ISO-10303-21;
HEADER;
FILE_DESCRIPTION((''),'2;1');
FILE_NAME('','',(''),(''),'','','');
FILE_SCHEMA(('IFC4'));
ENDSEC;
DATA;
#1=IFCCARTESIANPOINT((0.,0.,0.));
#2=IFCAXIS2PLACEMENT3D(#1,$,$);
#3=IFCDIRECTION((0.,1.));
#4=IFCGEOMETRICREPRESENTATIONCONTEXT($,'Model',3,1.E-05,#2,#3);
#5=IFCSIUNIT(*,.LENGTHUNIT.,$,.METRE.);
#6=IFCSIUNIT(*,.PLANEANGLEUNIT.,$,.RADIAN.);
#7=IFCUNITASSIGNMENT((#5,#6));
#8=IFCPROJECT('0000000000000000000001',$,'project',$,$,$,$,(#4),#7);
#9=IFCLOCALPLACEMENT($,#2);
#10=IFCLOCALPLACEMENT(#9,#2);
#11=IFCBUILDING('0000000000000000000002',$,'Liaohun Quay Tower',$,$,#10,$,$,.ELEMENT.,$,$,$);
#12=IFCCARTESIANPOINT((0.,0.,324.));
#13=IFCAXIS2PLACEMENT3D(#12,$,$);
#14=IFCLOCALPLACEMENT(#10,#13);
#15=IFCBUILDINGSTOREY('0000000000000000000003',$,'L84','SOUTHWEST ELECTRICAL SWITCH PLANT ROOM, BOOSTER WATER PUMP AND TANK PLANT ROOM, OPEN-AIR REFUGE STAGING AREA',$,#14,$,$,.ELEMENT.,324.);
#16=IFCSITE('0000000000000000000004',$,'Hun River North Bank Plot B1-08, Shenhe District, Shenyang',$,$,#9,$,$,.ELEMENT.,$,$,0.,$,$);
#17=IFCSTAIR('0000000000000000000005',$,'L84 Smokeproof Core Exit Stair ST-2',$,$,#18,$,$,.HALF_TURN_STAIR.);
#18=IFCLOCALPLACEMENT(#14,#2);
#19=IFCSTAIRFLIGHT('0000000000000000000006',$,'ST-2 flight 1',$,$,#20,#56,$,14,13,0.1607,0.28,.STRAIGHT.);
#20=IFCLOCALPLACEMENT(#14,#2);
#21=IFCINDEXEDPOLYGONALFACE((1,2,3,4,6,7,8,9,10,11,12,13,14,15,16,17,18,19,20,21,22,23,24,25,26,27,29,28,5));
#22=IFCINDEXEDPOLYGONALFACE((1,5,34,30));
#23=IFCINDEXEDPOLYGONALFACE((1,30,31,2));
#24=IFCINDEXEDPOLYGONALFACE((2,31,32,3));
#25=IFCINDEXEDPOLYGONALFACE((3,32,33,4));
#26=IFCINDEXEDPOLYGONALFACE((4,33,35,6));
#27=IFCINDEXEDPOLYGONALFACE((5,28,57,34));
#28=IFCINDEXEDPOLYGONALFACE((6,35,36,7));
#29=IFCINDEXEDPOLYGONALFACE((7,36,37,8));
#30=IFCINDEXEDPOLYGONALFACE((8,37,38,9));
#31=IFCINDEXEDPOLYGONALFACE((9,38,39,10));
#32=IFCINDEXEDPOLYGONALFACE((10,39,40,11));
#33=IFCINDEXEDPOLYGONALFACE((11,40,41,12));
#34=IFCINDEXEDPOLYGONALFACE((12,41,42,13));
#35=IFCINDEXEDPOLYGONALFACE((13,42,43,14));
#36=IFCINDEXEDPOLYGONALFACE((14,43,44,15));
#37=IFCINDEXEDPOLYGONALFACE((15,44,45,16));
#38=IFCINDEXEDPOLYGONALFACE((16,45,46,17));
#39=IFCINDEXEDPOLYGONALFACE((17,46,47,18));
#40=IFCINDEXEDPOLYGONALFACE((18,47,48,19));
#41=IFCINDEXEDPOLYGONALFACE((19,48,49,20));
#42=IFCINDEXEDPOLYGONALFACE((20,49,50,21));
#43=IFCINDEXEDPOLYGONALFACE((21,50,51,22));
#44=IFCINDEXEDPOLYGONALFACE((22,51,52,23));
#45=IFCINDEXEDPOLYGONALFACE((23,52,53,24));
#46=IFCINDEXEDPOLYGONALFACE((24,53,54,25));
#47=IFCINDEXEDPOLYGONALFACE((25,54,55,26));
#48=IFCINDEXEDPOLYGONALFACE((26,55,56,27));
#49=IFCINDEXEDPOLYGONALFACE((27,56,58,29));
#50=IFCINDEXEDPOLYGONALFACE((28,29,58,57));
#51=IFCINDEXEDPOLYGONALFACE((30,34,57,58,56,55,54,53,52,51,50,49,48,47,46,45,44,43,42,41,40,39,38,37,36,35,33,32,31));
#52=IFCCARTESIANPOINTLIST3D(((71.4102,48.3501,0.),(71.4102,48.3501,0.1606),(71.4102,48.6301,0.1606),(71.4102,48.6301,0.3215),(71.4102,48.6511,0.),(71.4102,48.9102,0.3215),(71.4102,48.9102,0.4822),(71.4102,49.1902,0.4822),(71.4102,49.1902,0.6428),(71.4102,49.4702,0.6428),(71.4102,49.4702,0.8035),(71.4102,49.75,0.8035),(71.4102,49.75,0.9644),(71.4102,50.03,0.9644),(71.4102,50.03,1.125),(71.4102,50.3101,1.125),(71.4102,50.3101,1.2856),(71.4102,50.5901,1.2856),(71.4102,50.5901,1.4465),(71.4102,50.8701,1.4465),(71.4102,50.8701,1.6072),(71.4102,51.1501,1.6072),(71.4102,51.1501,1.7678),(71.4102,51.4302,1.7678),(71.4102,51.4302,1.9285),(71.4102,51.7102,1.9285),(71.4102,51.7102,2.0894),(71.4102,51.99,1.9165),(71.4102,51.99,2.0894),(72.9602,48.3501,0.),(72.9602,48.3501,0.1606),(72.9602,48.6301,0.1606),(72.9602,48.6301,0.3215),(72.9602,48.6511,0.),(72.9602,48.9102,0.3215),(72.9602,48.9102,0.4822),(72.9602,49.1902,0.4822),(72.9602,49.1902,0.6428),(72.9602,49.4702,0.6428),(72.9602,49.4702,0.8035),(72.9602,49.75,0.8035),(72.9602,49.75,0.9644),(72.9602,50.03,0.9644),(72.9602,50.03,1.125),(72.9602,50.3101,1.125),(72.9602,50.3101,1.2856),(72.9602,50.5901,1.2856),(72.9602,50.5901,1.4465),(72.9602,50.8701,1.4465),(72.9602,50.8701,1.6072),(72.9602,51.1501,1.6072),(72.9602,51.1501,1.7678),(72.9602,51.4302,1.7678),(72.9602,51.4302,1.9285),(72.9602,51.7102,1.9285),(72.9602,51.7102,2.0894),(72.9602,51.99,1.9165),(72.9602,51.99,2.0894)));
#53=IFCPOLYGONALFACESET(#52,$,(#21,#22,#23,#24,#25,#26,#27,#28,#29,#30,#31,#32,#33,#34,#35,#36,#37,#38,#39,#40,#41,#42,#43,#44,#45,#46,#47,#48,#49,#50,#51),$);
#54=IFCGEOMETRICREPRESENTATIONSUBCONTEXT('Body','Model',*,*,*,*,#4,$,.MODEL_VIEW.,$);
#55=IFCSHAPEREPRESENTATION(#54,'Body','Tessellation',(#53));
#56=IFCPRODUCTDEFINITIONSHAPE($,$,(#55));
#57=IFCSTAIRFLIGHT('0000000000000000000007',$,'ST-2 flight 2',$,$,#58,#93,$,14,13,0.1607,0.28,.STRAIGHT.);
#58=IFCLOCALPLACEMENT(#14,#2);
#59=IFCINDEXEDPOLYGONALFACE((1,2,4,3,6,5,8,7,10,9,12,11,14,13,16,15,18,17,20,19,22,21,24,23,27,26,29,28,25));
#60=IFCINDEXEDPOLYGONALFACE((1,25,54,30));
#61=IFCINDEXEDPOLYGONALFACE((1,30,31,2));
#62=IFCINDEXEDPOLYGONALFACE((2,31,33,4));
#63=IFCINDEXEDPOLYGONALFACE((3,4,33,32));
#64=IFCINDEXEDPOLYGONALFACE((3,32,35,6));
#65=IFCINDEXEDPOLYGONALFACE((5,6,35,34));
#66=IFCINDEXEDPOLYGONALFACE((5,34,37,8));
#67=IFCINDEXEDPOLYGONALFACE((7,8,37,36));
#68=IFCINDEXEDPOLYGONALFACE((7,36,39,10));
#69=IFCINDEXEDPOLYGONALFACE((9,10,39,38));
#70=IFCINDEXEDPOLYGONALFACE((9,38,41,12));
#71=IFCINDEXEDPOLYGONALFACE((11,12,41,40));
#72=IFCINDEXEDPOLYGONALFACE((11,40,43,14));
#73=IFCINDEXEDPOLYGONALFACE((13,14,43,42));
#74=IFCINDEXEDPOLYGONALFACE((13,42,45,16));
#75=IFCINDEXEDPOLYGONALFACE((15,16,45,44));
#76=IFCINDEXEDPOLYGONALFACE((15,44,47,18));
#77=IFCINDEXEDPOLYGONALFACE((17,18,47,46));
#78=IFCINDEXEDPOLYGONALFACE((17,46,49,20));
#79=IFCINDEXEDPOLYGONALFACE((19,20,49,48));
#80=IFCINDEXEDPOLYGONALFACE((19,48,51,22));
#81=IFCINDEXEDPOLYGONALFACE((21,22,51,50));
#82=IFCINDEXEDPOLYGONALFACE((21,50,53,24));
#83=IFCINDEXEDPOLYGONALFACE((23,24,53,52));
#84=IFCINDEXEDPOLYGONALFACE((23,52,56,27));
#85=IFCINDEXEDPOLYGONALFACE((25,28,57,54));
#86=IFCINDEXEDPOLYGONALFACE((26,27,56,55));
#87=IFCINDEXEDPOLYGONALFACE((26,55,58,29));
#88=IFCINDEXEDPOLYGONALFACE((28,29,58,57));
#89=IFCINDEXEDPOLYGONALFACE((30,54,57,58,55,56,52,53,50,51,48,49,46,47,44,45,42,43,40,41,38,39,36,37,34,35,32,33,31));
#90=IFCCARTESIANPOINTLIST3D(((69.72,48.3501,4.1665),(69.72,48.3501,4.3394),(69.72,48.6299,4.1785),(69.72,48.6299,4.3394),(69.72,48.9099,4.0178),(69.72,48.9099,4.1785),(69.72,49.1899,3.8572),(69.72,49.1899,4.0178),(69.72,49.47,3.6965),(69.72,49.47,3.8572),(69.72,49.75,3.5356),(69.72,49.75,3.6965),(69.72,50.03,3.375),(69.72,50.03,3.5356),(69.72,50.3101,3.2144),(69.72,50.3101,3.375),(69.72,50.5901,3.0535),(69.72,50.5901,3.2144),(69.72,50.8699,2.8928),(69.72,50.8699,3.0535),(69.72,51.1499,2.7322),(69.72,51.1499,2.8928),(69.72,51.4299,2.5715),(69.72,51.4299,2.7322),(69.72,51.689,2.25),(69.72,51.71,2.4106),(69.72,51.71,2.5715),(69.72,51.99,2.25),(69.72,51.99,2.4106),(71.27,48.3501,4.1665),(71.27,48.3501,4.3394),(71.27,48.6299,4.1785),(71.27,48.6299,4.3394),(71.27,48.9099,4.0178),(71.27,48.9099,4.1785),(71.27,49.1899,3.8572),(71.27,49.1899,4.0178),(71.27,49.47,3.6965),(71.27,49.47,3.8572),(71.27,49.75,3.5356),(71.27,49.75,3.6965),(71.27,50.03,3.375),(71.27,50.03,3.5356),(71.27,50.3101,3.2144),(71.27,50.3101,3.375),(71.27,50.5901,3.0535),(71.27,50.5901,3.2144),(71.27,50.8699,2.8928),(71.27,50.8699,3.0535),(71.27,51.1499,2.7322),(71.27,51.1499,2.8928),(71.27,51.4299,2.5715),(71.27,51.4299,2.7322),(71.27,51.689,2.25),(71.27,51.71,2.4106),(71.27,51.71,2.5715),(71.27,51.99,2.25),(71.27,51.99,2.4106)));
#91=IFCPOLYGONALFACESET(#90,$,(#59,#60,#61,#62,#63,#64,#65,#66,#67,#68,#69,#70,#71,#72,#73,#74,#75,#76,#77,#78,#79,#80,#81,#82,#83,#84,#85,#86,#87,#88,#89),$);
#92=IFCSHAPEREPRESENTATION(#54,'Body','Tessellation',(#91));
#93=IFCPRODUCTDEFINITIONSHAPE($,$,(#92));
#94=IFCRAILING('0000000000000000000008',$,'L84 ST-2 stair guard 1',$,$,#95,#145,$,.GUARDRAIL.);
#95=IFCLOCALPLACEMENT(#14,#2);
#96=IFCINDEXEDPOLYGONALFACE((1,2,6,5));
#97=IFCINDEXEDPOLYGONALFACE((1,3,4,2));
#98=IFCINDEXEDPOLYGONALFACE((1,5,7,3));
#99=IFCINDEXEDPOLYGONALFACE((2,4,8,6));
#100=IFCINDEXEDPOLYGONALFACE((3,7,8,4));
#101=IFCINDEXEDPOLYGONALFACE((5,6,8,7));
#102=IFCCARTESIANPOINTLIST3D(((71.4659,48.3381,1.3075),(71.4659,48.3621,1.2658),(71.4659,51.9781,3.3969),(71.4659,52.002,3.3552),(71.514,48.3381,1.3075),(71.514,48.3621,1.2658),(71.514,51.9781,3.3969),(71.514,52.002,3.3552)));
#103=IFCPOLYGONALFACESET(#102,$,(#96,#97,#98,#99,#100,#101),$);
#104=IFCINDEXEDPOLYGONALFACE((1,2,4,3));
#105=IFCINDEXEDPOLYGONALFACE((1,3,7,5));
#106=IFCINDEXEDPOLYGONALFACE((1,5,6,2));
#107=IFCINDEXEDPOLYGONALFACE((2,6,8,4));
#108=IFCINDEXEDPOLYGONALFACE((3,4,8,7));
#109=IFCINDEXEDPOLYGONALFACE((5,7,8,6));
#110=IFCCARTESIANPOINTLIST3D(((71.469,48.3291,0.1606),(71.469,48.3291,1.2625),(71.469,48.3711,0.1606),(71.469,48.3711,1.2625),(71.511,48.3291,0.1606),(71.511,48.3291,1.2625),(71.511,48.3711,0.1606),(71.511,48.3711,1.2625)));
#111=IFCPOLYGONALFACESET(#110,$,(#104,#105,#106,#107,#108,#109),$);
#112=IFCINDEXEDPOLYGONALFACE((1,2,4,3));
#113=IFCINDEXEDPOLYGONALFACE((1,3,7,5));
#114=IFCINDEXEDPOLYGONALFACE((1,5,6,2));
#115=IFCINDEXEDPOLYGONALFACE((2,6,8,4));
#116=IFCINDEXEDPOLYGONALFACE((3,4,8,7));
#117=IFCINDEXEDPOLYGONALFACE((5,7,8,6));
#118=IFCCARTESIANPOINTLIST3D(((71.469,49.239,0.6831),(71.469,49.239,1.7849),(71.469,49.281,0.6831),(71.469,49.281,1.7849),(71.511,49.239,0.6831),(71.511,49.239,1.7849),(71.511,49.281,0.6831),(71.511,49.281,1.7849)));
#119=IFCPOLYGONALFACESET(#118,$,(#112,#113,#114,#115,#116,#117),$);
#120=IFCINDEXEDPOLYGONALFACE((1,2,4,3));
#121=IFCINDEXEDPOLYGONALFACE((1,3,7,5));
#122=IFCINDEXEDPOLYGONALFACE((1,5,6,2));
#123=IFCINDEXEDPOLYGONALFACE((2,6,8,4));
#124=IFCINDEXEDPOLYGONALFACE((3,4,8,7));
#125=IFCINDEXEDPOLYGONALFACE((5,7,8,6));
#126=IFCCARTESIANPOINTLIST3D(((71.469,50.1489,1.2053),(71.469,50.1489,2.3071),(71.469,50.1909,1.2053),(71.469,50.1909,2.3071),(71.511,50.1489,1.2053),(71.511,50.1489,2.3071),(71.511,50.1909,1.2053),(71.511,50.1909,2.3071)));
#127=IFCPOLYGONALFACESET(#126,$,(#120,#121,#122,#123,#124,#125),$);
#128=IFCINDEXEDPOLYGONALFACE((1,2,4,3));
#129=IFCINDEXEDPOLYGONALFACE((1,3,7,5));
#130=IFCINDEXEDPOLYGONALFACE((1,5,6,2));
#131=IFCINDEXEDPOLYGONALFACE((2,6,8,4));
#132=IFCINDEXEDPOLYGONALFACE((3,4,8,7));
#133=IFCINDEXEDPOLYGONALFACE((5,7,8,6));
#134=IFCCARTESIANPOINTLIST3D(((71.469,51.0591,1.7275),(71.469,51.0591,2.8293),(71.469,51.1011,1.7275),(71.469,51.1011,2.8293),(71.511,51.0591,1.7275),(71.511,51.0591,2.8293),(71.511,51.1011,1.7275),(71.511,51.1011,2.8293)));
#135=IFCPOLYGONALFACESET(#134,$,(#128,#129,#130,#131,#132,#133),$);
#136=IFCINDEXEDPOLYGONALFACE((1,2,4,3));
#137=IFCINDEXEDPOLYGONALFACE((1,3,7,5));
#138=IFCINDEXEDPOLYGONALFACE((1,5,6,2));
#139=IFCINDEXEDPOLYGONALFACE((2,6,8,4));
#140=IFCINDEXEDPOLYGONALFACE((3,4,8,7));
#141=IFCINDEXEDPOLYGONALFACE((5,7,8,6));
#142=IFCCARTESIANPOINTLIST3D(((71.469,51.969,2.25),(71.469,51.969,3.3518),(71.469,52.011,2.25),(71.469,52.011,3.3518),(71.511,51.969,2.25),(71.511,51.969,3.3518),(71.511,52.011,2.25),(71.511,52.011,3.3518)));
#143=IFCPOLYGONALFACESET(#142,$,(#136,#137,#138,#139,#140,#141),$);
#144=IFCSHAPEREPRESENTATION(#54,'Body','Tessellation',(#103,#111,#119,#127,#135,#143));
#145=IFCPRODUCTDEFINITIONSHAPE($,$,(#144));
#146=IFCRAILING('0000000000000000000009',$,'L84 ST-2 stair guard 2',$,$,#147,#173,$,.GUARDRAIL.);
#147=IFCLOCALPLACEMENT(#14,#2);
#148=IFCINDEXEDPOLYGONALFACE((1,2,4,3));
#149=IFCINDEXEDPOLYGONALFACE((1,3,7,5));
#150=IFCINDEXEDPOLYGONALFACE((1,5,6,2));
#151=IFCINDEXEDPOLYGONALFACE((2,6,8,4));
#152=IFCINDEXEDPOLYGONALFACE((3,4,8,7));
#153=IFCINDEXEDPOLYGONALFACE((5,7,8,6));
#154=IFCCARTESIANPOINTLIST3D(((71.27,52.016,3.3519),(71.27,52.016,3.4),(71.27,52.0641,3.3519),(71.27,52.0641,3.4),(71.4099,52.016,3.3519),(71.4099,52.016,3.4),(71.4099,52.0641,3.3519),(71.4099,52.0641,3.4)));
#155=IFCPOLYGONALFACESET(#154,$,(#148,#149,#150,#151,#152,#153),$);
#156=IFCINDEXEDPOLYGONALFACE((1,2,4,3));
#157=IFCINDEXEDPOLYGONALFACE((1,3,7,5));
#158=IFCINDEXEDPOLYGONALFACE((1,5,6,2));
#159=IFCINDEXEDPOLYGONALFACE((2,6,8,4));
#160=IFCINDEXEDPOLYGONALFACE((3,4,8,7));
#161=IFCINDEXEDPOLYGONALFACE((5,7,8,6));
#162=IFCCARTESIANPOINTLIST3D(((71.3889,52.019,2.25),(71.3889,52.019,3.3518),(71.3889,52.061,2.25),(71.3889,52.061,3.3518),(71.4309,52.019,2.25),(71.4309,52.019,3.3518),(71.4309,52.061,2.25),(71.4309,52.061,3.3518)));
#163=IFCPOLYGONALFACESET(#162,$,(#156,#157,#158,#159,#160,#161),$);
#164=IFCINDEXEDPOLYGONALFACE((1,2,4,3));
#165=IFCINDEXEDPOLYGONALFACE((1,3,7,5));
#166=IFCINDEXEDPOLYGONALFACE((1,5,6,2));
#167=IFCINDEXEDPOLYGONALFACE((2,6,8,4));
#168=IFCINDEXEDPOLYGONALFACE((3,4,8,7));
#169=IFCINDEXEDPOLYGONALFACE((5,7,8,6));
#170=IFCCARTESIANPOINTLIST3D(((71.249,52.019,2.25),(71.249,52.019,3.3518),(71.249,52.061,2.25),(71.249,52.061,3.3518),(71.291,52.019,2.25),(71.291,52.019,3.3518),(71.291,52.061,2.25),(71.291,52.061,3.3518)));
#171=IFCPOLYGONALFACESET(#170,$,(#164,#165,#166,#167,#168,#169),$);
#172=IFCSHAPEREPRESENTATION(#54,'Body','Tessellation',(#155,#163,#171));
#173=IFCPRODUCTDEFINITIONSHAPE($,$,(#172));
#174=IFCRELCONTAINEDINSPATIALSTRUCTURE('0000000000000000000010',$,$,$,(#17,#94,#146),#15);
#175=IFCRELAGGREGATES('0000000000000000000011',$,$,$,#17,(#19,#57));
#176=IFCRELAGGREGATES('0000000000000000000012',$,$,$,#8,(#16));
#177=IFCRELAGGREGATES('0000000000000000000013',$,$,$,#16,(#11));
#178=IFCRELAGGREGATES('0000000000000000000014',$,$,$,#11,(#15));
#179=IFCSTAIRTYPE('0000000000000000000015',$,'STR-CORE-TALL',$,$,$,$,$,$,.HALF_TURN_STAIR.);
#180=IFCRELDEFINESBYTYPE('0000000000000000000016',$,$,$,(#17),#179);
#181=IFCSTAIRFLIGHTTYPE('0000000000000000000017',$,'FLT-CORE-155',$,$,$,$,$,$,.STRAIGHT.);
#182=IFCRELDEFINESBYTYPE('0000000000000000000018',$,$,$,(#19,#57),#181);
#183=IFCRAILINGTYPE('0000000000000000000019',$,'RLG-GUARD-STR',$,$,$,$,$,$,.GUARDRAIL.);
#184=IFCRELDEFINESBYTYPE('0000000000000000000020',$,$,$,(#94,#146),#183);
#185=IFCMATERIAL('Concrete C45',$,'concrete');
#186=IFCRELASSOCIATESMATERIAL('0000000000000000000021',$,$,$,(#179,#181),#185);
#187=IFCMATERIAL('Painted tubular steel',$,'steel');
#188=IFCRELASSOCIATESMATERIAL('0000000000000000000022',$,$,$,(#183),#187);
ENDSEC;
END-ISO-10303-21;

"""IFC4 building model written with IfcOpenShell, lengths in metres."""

from ifc_helpers import new_model, si_unit, direction, frame, origin, origin_2d, place, context, subcontext, project, spatial, polyline, rectangle, outline, extrude, material, type_object, element, aggregate, save


model = new_model("IFC4")

# Units and contexts
model_context = context("Model", 3, precision=1e-05, world=origin(), true_north=direction((0.0, 1.0)))
body_context = subcontext(model_context, "Body", "Model", "MODEL_VIEW")
ifc_project = project(units=[si_unit("LENGTHUNIT", "METRE"), si_unit("PLANEANGLEUNIT", "RADIAN")], contexts=[model_context])

# Site, building, storey
site_placement = place(None, origin())
site = spatial("IfcSite", under=ifc_project, at=site_placement, Name="Hun River North Bank Plot B1-08, Shenhe District, Shenyang", CompositionType="ELEMENT", RefElevation=0.0)
building_placement = place(site_placement, origin())
building = spatial("IfcBuilding", under=site, at=building_placement, Name="Liaohun Quay Tower", CompositionType="ELEMENT")
storey_placement = place(building_placement, frame((0.0, 0.0, 324.0)))
storey = spatial("IfcBuildingStorey", under=building, at=storey_placement, Name="L84", Description="SOUTHWEST ELECTRICAL SWITCH PLANT ROOM, BOOSTER WATER PUMP AND TANK PLANT ROOM, OPEN-AIR REFUGE STAGING AREA", CompositionType="ELEMENT", Elevation=324.0)

# Stair, stair flights
ifc_material_1 = material(Name="Concrete C45", Category="concrete")
stair_type = type_object("IfcStairType", Name="STR-CORE-TALL", PredefinedType="HALF_TURN_STAIR", material=ifc_material_1)
stair_placement = place(storey_placement, origin())
stair = element("IfcStair", 1, at=stair_placement, inside=storey, type_object=stair_type, Name="L84 Smokeproof Core Exit Stair ST-2", PredefinedType="HALF_TURN_STAIR")
stair_flight_type = type_object("IfcStairFlightType", Name="FLT-CORE-155", PredefinedType="STRAIGHT", material=ifc_material_1)
stair_flight_1_placement = place(storey_placement, frame((72.1851, 48.3501, 0.0), z_axis=(0.0, 0.0, 1.0), x_axis=(0.0, 1.0, 0.0)))
stair_flight_1 = element("IfcStairFlight", 2, at=stair_flight_1_placement, type_object=stair_flight_type, Name="ST-2 flight 1", NumberOfRisers=14, NumberOfTreads=13, PredefinedType="STRAIGHT", RiserHeight=0.1607, TreadLength=0.28, context=body_context, shape_type="SweptSolid", body=[
    extrude(outline(polyline([(0.0, 0.0), (0.0, 0.1606), (0.28, 0.1606), (0.28, 0.3215), (0.5601, 0.3215), (0.5601, 0.4822), (0.8401, 0.4822), (0.8401, 0.6428), (1.1201, 0.6428), (1.1201, 0.8035), (1.3999, 0.8035), (1.3999, 0.9644), (1.6799, 0.9644), (1.6799, 1.125), (1.96, 1.125), (1.96, 1.2856), (2.24, 1.2856), (2.24, 1.4465), (2.52, 1.4465), (2.52, 1.6072), (2.8, 1.6072), (2.8, 1.7678), (3.0801, 1.7678), (3.0801, 1.9285), (3.3601, 1.9285), (3.3601, 2.0894), (3.6399, 2.0894), (3.6399, 2.25), (3.6399, 1.9165), (0.301, 0.0), (0.0, 0.0)])), frame((0.0, 0.7749, 0.0), z_axis=(0.0, -1.0, 0.0), x_axis=(1.0, 0.0, 0.0)), (0.0, 0.0, 1.0), 1.55),
])
stair_flight_2_placement = place(storey_placement, frame((70.4951, 51.99, 2.25), z_axis=(0.0, 0.0, 1.0), x_axis=(0.0, -1.0, 0.0)))
stair_flight_2 = element("IfcStairFlight", 3, at=stair_flight_2_placement, type_object=stair_flight_type, Name="ST-2 flight 2", NumberOfRisers=14, NumberOfTreads=13, PredefinedType="STRAIGHT", RiserHeight=0.1607, TreadLength=0.28, context=body_context, shape_type="SweptSolid", body=[
    extrude(outline(polyline([(0.0, 0.0), (0.0, 0.1606), (0.28, 0.1606), (0.28, 0.3215), (0.5601, 0.3215), (0.5601, 0.4822), (0.8401, 0.4822), (0.8401, 0.6428), (1.1201, 0.6428), (1.1201, 0.8035), (1.3999, 0.8035), (1.3999, 0.9644), (1.6799, 0.9644), (1.6799, 1.125), (1.96, 1.125), (1.96, 1.2856), (2.24, 1.2856), (2.24, 1.4465), (2.52, 1.4465), (2.52, 1.6072), (2.8, 1.6072), (2.8, 1.7678), (3.0801, 1.7678), (3.0801, 1.9285), (3.3601, 1.9285), (3.3601, 2.0894), (3.6399, 2.0894), (3.6399, 2.25), (3.6399, 1.9165), (0.301, 0.0), (0.0, 0.0)])), frame((0.0, 0.7749, 0.0), z_axis=(0.0, -1.0, 0.0), x_axis=(1.0, 0.0, 0.0)), (0.0, 0.0, 1.0), 1.55),
])
aggregate(stair, [stair_flight_1, stair_flight_2])

# Railings
ifc_material_2 = material(Name="Painted tubular steel", Category="steel")
railing_type_1 = type_object("IfcRailingType", Name="RLG-GUARD-STR", PredefinedType="GUARDRAIL", material=ifc_material_2)
railing_1_placement = place(storey_placement, frame((71.49, 48.3501, 0.1606)))
element("IfcRailing", 4, at=railing_1_placement, inside=storey, type_object=railing_type_1, Name="L84 ST-2 stair guard 1", PredefinedType="GUARDRAIL", context=body_context, shape_type="SweptSolid", body=[
    extrude(rectangle(XDim=0.0481, YDim=0.0481, at=origin_2d()), frame((0.0, 0.0, 1.126), z_axis=(0.0, 0.867275, 0.497829), x_axis=(-1.0, 0.0, 0.0)), (0.0, 0.0, 1.0), 4.197),
    extrude(rectangle(XDim=0.042, YDim=0.042, at=origin_2d()), origin(), (0.0, 0.0, 1.0), 1.1018),
    extrude(rectangle(XDim=0.042, YDim=0.042, at=origin_2d()), frame((0.0, 0.9099, 0.5225)), (0.0, 0.0, 1.0), 1.1018),
    extrude(rectangle(XDim=0.042, YDim=0.042, at=origin_2d()), frame((0.0, 1.8198, 1.0447)), (0.0, 0.0, 1.0), 1.1018),
    extrude(rectangle(XDim=0.042, YDim=0.042, at=origin_2d()), frame((0.0, 2.73, 1.5669)), (0.0, 0.0, 1.0), 1.1018),
    extrude(rectangle(XDim=0.042, YDim=0.042, at=origin_2d()), frame((0.0, 3.6399, 2.0894)), (0.0, 0.0, 1.0), 1.1018),
])
railing_2_placement = place(storey_placement, frame((71.4099, 52.04, 2.25)))
element("IfcRailing", 5, at=railing_2_placement, inside=storey, type_object=railing_type_1, Name="L84 ST-2 stair guard 2", PredefinedType="GUARDRAIL", context=body_context, shape_type="SweptSolid", body=[
    extrude(rectangle(XDim=0.0481, YDim=0.0481, at=origin_2d()), frame((0.0, 0.0, 1.126), z_axis=(-1.0, 0.0, 0.0), x_axis=(0.0, -1.0, 0.0)), (0.0, 0.0, 1.0), 0.1399),
    extrude(rectangle(XDim=0.042, YDim=0.042, at=origin_2d()), origin(), (0.0, 0.0, 1.0), 1.1018),
    extrude(rectangle(XDim=0.042, YDim=0.042, at=origin_2d()), frame((-0.1399, 0.0, 0.0)), (0.0, 0.0, 1.0), 1.1018),
])

save(model, "model.ifc")
